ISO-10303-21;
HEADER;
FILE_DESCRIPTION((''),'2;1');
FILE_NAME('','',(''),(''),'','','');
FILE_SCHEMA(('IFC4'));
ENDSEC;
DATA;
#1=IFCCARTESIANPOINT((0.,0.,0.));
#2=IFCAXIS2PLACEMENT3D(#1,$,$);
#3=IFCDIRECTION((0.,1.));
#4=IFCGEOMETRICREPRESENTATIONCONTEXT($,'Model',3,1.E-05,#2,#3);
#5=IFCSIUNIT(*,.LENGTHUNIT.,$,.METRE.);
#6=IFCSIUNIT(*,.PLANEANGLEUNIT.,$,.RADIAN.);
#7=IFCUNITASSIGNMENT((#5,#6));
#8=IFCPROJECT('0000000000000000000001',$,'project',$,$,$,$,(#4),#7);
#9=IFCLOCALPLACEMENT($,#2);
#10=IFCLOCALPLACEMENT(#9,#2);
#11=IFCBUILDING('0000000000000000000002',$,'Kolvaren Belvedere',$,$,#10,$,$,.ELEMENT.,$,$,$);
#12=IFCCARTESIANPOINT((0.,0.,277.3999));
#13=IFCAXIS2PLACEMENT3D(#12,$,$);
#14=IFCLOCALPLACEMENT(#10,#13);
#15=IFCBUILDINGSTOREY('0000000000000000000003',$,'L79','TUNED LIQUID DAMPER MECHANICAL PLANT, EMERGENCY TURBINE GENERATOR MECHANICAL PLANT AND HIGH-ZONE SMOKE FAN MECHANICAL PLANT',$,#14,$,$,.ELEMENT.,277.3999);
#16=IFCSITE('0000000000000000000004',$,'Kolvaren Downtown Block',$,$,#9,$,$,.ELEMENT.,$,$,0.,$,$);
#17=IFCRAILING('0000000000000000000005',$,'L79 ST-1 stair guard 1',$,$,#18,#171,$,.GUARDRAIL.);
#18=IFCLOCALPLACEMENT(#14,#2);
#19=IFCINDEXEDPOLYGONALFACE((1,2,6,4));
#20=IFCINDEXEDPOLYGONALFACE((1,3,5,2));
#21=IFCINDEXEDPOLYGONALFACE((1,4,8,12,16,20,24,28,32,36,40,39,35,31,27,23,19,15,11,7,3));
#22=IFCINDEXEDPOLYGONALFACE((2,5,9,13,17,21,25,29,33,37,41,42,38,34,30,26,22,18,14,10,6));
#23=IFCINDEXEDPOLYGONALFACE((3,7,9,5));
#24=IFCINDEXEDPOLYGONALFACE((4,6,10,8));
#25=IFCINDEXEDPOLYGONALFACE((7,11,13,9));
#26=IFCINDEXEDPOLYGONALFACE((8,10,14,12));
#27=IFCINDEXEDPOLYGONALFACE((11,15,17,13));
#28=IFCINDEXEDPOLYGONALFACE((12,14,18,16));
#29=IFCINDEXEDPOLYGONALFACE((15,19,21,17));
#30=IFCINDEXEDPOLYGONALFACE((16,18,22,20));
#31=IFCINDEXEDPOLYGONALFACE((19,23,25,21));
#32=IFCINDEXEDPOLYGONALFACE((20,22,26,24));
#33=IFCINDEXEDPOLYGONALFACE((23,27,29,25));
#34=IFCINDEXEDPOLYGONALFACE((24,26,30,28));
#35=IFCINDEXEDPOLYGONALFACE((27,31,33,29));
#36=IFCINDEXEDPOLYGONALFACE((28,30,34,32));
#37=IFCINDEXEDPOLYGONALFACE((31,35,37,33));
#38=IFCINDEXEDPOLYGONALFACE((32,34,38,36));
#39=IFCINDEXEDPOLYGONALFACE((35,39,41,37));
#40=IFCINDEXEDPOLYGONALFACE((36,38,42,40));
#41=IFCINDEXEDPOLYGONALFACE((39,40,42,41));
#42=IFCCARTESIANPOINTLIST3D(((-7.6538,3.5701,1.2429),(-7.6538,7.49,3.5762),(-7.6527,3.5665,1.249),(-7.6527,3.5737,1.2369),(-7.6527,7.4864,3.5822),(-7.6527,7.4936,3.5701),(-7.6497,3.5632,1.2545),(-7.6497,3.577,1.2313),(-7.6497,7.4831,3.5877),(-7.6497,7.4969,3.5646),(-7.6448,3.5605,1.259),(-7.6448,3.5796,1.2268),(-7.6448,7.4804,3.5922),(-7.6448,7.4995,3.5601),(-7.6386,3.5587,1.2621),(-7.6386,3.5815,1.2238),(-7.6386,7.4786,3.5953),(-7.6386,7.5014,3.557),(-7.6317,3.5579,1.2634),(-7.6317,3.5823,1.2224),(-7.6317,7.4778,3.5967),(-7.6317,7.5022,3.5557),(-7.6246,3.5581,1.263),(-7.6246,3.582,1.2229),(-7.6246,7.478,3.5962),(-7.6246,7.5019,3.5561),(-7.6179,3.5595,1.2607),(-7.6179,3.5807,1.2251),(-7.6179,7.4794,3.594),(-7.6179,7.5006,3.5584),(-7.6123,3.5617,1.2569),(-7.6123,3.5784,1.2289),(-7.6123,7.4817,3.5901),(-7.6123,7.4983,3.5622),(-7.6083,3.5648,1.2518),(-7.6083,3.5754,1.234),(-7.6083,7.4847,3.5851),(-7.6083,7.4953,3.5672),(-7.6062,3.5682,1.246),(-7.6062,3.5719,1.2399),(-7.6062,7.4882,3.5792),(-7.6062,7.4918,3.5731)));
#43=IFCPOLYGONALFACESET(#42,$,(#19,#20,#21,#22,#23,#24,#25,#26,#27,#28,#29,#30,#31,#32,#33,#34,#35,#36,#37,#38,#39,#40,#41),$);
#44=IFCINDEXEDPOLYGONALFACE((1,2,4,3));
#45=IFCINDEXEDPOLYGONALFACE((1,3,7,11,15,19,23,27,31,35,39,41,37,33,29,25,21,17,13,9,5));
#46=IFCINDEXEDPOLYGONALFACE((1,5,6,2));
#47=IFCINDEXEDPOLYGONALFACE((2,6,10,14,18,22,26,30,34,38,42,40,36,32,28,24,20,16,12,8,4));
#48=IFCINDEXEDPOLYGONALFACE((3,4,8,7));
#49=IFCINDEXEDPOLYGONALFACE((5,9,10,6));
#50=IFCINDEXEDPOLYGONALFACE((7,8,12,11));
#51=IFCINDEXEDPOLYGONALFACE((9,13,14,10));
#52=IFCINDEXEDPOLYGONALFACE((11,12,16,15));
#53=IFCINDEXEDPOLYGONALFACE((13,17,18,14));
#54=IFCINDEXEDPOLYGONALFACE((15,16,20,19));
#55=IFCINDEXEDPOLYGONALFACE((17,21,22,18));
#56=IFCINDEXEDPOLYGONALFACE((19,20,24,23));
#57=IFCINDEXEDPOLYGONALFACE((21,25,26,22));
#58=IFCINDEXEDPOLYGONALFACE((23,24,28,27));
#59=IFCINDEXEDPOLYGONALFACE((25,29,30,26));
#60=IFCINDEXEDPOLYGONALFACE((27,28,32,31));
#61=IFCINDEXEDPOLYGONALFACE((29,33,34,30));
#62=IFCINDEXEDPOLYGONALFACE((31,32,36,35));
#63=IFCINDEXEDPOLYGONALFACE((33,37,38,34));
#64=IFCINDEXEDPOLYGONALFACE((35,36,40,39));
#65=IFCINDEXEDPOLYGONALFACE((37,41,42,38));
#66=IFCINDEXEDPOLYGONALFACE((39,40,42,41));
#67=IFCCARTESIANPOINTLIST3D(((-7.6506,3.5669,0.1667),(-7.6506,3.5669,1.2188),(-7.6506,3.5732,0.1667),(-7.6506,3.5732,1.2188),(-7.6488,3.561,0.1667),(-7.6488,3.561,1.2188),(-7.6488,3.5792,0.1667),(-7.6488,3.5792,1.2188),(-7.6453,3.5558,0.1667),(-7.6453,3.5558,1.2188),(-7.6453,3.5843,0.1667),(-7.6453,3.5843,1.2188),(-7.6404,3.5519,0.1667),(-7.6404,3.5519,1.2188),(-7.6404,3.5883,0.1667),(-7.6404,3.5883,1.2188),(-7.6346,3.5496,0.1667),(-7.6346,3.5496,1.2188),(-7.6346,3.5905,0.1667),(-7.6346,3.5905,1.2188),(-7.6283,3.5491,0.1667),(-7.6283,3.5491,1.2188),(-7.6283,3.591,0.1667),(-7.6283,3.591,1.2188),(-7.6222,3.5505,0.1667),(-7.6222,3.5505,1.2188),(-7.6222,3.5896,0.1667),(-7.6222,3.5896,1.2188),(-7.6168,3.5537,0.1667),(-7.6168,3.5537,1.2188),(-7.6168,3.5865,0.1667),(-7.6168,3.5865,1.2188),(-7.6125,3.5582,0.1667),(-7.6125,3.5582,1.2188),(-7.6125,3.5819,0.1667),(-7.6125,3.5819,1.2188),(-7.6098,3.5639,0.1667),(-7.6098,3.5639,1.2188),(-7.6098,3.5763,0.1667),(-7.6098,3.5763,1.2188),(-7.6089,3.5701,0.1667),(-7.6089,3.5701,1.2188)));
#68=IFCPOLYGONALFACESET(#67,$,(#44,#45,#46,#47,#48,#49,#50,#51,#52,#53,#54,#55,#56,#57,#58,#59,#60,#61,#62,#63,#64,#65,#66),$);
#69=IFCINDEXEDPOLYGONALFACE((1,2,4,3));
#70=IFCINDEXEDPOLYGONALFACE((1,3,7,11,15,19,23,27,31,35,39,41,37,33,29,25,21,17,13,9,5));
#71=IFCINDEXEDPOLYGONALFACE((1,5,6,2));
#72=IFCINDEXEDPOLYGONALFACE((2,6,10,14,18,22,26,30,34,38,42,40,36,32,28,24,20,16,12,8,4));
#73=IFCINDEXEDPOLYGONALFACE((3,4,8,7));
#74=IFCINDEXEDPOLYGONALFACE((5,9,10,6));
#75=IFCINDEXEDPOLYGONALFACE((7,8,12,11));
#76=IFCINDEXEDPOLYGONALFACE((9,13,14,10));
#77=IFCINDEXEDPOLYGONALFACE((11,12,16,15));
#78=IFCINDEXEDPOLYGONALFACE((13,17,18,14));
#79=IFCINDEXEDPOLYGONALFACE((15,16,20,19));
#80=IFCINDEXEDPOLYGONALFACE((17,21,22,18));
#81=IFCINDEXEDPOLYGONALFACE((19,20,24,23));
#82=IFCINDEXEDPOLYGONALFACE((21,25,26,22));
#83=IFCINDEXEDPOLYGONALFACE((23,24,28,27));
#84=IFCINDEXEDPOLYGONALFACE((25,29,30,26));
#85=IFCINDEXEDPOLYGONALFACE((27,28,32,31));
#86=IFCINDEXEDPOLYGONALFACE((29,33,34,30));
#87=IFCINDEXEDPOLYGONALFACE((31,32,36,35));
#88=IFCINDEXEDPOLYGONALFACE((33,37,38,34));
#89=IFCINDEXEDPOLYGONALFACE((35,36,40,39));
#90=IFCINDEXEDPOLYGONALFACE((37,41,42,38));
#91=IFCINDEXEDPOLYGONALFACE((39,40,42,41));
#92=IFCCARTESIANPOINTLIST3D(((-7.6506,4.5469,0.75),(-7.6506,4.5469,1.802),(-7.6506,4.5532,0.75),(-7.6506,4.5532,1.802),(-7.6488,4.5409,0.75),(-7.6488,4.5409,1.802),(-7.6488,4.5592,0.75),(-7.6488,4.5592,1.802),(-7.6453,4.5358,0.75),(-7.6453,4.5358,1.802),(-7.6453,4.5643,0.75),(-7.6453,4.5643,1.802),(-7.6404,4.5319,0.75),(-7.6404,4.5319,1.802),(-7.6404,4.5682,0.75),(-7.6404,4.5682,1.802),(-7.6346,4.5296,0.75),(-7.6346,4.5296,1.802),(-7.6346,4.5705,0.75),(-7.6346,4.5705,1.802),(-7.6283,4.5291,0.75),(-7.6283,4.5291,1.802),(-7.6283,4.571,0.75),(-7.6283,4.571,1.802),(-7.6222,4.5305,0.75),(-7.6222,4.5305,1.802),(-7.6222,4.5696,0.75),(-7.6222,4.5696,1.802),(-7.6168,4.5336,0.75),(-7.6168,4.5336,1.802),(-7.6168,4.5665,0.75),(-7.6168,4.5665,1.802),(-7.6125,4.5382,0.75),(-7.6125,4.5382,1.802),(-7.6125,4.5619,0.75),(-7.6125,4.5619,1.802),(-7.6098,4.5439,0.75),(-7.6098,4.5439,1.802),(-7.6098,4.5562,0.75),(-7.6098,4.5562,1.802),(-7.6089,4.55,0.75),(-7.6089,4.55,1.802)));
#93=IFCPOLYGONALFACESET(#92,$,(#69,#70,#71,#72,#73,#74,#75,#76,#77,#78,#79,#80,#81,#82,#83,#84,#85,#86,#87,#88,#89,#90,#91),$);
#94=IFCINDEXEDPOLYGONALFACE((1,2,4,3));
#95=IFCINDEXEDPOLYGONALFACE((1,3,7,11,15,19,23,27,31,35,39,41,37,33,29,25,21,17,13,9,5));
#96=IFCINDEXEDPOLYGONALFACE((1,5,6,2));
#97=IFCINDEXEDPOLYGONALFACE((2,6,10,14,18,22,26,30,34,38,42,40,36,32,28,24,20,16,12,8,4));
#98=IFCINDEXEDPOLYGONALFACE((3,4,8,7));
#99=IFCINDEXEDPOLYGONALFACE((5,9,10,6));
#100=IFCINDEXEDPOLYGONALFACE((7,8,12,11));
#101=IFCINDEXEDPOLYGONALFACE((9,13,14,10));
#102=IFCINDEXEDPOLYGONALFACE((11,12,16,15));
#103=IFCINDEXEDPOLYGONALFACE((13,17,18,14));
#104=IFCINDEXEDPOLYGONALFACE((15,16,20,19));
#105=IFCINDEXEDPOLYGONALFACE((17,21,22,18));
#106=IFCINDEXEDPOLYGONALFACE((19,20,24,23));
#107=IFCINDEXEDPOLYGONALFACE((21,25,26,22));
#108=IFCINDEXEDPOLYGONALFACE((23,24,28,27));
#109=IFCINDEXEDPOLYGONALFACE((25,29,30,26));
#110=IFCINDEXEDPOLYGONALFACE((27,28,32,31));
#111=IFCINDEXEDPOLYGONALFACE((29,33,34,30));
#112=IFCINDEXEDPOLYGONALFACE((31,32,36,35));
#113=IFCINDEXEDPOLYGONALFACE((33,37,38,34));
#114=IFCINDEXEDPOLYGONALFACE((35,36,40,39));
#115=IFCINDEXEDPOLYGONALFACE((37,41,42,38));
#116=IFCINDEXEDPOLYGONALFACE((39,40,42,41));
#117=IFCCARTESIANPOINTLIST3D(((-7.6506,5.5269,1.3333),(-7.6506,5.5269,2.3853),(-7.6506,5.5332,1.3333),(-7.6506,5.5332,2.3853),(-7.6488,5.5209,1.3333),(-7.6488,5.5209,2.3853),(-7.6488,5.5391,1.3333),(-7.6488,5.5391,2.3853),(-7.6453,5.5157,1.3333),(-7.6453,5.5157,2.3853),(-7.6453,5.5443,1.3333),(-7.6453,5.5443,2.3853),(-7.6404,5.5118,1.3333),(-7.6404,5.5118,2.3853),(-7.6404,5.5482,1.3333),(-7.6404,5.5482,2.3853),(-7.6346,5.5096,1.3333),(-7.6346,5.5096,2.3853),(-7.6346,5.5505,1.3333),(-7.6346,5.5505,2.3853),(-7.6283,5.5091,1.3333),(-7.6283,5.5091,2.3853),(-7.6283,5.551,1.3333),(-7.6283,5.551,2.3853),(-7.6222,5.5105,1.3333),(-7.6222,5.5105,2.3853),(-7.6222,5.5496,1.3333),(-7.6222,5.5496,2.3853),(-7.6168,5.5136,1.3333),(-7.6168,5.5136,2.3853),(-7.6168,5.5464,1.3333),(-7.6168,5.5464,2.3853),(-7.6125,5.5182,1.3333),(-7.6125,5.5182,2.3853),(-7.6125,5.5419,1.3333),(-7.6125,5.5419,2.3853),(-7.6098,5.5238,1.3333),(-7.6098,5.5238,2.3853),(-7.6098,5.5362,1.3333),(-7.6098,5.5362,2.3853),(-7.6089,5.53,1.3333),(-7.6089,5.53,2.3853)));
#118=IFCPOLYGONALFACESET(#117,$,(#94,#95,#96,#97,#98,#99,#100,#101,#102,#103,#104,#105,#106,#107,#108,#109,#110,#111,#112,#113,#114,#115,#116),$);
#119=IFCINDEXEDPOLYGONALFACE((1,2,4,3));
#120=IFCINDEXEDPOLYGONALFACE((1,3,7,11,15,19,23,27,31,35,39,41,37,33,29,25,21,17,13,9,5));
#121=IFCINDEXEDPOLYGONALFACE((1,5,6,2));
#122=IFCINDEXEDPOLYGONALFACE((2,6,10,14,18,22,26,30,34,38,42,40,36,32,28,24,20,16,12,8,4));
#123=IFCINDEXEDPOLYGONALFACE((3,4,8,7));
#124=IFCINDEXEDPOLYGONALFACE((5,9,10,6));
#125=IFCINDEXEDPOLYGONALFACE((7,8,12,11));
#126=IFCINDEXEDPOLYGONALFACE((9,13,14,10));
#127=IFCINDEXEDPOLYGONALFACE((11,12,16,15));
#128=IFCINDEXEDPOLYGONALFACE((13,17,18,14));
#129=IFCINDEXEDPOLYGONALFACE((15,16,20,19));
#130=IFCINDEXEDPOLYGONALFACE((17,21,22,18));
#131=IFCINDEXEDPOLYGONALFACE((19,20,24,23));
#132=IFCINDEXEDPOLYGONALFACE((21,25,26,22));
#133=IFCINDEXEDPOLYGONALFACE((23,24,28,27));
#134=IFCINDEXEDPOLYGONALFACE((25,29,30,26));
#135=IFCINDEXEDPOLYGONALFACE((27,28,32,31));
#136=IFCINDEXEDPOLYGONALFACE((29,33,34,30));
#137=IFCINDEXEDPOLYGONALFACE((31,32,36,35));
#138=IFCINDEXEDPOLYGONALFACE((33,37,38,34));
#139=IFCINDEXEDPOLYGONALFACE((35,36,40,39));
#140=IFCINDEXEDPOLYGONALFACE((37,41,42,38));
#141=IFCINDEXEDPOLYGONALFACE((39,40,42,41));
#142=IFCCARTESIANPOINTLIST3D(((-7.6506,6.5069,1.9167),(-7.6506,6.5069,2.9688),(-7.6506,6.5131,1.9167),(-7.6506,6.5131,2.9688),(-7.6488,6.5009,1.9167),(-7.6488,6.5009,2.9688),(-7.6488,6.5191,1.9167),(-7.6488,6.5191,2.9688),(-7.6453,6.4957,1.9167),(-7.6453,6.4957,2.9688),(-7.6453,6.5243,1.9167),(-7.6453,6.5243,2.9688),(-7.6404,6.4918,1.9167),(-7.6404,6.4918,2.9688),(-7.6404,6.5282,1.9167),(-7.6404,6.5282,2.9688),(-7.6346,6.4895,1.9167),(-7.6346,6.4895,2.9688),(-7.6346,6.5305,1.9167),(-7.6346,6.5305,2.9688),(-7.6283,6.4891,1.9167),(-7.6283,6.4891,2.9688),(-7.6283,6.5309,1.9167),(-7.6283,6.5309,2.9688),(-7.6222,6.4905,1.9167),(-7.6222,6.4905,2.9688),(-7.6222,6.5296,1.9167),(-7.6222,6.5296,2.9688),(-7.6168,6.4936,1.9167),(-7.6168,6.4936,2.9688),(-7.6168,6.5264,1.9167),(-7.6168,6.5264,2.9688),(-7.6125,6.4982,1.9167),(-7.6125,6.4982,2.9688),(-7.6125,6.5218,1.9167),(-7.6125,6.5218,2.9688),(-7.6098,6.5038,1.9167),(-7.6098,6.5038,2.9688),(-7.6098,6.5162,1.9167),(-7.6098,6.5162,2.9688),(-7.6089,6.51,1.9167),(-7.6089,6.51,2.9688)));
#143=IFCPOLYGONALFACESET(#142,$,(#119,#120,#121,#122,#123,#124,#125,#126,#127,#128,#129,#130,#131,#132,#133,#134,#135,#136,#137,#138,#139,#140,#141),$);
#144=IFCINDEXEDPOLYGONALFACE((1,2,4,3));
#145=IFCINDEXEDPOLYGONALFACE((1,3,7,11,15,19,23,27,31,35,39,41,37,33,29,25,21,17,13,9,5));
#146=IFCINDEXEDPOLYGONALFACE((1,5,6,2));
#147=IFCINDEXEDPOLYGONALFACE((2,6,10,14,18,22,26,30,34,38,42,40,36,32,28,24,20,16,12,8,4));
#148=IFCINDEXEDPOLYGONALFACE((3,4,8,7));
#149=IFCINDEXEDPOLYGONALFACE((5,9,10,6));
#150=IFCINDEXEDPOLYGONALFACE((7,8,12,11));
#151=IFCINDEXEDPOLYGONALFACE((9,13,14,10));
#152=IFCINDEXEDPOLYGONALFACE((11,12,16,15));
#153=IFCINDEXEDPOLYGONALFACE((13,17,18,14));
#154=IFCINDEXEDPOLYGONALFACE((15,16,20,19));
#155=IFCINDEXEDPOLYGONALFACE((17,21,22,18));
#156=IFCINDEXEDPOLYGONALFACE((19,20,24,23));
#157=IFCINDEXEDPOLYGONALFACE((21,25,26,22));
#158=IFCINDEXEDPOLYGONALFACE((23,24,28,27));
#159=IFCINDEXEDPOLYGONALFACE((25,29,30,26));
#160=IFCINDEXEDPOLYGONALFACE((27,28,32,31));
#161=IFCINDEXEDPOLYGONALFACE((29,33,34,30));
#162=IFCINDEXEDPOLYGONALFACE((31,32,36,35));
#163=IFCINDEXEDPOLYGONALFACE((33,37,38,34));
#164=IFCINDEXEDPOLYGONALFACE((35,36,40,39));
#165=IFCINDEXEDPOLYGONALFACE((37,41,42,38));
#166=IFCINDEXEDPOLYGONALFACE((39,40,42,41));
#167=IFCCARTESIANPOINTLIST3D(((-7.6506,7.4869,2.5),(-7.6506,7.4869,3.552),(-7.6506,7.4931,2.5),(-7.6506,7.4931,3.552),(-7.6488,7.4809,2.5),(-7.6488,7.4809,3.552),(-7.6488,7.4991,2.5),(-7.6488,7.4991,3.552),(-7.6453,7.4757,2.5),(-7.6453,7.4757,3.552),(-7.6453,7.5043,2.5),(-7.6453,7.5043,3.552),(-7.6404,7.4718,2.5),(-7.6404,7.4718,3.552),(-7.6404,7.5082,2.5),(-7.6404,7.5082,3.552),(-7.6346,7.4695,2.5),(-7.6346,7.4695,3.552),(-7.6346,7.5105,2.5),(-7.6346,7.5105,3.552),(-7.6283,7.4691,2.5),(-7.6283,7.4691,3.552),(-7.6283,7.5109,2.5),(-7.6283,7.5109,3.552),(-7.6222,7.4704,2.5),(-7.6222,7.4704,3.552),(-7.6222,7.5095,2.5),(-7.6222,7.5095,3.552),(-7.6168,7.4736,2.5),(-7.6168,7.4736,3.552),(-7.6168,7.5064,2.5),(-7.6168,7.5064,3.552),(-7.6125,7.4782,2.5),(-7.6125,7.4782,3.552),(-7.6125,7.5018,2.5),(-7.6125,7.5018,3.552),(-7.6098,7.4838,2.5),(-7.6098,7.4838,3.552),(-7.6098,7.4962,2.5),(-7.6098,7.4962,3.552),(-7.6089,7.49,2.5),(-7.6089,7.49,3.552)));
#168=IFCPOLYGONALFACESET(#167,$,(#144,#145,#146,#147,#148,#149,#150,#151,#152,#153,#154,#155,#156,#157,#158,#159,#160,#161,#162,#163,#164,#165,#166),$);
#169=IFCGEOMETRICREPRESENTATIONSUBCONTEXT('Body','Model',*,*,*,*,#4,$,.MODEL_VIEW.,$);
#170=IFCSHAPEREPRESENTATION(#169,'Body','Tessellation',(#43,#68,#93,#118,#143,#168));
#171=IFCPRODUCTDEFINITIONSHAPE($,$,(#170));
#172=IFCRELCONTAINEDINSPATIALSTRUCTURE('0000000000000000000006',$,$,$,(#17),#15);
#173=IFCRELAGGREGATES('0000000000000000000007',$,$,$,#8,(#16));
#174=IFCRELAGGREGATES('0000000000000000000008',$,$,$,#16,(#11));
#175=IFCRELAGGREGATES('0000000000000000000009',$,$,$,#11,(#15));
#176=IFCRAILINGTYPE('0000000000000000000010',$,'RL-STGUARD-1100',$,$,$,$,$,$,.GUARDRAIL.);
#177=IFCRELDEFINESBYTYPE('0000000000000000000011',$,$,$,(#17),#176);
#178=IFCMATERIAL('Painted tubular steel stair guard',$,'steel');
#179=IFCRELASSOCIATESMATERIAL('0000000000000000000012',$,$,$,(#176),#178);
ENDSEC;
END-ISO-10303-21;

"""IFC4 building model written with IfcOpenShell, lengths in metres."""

from ifc_helpers import new_model, si_unit, direction, frame, origin, origin_2d, place, context, subcontext, project, spatial, circle, extrude, material, type_object, element, save


model = new_model("IFC4")

# Units and contexts
model_context = context("Model", 3, precision=1e-05, world=origin(), true_north=direction((0.0, 1.0)))
body_context = subcontext(model_context, "Body", "Model", "MODEL_VIEW")
ifc_project = project(units=[si_unit("LENGTHUNIT", "METRE"), si_unit("PLANEANGLEUNIT", "RADIAN")], contexts=[model_context])

# Site, building, storey
site_placement = place(None, origin())
site = spatial("IfcSite", under=ifc_project, at=site_placement, Name="Kolvaren Downtown Block", CompositionType="ELEMENT", RefElevation=0.0)
building_placement = place(site_placement, origin())
building = spatial("IfcBuilding", under=site, at=building_placement, Name="Kolvaren Belvedere", CompositionType="ELEMENT")
storey_placement = place(building_placement, frame((0.0, 0.0, 277.3999)))
storey = spatial("IfcBuildingStorey", under=building, at=storey_placement, Name="L79", Description="TUNED LIQUID DAMPER MECHANICAL PLANT, EMERGENCY TURBINE GENERATOR MECHANICAL PLANT AND HIGH-ZONE SMOKE FAN MECHANICAL PLANT", CompositionType="ELEMENT", Elevation=277.3999)

# Railing
ifc_material_1 = material(Name="Painted tubular steel stair guard", Category="steel")
railing_type_1 = type_object("IfcRailingType", Name="RL-STGUARD-1100", PredefinedType="GUARDRAIL", material=ifc_material_1)
railing_1_placement = place(storey_placement, frame((-7.6299, 3.5701, 0.1667)))
element("IfcRailing", 1, at=railing_1_placement, inside=storey, type_object=railing_type_1, Name="L79 ST-1 stair guard 1", PredefinedType="GUARDRAIL", context=body_context, shape_type="SweptSolid", body=[
    extrude(circle(Radius=0.0239, at=origin_2d()), frame((0.0, 0.0, 1.0762), z_axis=(0.0, 0.859296, 0.511478), x_axis=(-1.0, 0.0, 0.0)), (0.0, 0.0, 1.0), 4.5618),
    extrude(circle(Radius=0.021, at=origin_2d()), origin(), (0.0, 0.0, 1.0), 1.052),
    extrude(circle(Radius=0.021, at=origin_2d()), frame((0.0, 0.98, 0.5833)), (0.0, 0.0, 1.0), 1.052),
    extrude(circle(Radius=0.021, at=origin_2d()), frame((0.0, 1.96, 1.1665)), (0.0, 0.0, 1.0), 1.052),
    extrude(circle(Radius=0.021, at=origin_2d()), frame((0.0, 2.9399, 1.75)), (0.0, 0.0, 1.0), 1.052),
    extrude(circle(Radius=0.021, at=origin_2d()), frame((0.0, 3.9199, 2.3333)), (0.0, 0.0, 1.0), 1.052),
])

save(model, "model.ifc")
